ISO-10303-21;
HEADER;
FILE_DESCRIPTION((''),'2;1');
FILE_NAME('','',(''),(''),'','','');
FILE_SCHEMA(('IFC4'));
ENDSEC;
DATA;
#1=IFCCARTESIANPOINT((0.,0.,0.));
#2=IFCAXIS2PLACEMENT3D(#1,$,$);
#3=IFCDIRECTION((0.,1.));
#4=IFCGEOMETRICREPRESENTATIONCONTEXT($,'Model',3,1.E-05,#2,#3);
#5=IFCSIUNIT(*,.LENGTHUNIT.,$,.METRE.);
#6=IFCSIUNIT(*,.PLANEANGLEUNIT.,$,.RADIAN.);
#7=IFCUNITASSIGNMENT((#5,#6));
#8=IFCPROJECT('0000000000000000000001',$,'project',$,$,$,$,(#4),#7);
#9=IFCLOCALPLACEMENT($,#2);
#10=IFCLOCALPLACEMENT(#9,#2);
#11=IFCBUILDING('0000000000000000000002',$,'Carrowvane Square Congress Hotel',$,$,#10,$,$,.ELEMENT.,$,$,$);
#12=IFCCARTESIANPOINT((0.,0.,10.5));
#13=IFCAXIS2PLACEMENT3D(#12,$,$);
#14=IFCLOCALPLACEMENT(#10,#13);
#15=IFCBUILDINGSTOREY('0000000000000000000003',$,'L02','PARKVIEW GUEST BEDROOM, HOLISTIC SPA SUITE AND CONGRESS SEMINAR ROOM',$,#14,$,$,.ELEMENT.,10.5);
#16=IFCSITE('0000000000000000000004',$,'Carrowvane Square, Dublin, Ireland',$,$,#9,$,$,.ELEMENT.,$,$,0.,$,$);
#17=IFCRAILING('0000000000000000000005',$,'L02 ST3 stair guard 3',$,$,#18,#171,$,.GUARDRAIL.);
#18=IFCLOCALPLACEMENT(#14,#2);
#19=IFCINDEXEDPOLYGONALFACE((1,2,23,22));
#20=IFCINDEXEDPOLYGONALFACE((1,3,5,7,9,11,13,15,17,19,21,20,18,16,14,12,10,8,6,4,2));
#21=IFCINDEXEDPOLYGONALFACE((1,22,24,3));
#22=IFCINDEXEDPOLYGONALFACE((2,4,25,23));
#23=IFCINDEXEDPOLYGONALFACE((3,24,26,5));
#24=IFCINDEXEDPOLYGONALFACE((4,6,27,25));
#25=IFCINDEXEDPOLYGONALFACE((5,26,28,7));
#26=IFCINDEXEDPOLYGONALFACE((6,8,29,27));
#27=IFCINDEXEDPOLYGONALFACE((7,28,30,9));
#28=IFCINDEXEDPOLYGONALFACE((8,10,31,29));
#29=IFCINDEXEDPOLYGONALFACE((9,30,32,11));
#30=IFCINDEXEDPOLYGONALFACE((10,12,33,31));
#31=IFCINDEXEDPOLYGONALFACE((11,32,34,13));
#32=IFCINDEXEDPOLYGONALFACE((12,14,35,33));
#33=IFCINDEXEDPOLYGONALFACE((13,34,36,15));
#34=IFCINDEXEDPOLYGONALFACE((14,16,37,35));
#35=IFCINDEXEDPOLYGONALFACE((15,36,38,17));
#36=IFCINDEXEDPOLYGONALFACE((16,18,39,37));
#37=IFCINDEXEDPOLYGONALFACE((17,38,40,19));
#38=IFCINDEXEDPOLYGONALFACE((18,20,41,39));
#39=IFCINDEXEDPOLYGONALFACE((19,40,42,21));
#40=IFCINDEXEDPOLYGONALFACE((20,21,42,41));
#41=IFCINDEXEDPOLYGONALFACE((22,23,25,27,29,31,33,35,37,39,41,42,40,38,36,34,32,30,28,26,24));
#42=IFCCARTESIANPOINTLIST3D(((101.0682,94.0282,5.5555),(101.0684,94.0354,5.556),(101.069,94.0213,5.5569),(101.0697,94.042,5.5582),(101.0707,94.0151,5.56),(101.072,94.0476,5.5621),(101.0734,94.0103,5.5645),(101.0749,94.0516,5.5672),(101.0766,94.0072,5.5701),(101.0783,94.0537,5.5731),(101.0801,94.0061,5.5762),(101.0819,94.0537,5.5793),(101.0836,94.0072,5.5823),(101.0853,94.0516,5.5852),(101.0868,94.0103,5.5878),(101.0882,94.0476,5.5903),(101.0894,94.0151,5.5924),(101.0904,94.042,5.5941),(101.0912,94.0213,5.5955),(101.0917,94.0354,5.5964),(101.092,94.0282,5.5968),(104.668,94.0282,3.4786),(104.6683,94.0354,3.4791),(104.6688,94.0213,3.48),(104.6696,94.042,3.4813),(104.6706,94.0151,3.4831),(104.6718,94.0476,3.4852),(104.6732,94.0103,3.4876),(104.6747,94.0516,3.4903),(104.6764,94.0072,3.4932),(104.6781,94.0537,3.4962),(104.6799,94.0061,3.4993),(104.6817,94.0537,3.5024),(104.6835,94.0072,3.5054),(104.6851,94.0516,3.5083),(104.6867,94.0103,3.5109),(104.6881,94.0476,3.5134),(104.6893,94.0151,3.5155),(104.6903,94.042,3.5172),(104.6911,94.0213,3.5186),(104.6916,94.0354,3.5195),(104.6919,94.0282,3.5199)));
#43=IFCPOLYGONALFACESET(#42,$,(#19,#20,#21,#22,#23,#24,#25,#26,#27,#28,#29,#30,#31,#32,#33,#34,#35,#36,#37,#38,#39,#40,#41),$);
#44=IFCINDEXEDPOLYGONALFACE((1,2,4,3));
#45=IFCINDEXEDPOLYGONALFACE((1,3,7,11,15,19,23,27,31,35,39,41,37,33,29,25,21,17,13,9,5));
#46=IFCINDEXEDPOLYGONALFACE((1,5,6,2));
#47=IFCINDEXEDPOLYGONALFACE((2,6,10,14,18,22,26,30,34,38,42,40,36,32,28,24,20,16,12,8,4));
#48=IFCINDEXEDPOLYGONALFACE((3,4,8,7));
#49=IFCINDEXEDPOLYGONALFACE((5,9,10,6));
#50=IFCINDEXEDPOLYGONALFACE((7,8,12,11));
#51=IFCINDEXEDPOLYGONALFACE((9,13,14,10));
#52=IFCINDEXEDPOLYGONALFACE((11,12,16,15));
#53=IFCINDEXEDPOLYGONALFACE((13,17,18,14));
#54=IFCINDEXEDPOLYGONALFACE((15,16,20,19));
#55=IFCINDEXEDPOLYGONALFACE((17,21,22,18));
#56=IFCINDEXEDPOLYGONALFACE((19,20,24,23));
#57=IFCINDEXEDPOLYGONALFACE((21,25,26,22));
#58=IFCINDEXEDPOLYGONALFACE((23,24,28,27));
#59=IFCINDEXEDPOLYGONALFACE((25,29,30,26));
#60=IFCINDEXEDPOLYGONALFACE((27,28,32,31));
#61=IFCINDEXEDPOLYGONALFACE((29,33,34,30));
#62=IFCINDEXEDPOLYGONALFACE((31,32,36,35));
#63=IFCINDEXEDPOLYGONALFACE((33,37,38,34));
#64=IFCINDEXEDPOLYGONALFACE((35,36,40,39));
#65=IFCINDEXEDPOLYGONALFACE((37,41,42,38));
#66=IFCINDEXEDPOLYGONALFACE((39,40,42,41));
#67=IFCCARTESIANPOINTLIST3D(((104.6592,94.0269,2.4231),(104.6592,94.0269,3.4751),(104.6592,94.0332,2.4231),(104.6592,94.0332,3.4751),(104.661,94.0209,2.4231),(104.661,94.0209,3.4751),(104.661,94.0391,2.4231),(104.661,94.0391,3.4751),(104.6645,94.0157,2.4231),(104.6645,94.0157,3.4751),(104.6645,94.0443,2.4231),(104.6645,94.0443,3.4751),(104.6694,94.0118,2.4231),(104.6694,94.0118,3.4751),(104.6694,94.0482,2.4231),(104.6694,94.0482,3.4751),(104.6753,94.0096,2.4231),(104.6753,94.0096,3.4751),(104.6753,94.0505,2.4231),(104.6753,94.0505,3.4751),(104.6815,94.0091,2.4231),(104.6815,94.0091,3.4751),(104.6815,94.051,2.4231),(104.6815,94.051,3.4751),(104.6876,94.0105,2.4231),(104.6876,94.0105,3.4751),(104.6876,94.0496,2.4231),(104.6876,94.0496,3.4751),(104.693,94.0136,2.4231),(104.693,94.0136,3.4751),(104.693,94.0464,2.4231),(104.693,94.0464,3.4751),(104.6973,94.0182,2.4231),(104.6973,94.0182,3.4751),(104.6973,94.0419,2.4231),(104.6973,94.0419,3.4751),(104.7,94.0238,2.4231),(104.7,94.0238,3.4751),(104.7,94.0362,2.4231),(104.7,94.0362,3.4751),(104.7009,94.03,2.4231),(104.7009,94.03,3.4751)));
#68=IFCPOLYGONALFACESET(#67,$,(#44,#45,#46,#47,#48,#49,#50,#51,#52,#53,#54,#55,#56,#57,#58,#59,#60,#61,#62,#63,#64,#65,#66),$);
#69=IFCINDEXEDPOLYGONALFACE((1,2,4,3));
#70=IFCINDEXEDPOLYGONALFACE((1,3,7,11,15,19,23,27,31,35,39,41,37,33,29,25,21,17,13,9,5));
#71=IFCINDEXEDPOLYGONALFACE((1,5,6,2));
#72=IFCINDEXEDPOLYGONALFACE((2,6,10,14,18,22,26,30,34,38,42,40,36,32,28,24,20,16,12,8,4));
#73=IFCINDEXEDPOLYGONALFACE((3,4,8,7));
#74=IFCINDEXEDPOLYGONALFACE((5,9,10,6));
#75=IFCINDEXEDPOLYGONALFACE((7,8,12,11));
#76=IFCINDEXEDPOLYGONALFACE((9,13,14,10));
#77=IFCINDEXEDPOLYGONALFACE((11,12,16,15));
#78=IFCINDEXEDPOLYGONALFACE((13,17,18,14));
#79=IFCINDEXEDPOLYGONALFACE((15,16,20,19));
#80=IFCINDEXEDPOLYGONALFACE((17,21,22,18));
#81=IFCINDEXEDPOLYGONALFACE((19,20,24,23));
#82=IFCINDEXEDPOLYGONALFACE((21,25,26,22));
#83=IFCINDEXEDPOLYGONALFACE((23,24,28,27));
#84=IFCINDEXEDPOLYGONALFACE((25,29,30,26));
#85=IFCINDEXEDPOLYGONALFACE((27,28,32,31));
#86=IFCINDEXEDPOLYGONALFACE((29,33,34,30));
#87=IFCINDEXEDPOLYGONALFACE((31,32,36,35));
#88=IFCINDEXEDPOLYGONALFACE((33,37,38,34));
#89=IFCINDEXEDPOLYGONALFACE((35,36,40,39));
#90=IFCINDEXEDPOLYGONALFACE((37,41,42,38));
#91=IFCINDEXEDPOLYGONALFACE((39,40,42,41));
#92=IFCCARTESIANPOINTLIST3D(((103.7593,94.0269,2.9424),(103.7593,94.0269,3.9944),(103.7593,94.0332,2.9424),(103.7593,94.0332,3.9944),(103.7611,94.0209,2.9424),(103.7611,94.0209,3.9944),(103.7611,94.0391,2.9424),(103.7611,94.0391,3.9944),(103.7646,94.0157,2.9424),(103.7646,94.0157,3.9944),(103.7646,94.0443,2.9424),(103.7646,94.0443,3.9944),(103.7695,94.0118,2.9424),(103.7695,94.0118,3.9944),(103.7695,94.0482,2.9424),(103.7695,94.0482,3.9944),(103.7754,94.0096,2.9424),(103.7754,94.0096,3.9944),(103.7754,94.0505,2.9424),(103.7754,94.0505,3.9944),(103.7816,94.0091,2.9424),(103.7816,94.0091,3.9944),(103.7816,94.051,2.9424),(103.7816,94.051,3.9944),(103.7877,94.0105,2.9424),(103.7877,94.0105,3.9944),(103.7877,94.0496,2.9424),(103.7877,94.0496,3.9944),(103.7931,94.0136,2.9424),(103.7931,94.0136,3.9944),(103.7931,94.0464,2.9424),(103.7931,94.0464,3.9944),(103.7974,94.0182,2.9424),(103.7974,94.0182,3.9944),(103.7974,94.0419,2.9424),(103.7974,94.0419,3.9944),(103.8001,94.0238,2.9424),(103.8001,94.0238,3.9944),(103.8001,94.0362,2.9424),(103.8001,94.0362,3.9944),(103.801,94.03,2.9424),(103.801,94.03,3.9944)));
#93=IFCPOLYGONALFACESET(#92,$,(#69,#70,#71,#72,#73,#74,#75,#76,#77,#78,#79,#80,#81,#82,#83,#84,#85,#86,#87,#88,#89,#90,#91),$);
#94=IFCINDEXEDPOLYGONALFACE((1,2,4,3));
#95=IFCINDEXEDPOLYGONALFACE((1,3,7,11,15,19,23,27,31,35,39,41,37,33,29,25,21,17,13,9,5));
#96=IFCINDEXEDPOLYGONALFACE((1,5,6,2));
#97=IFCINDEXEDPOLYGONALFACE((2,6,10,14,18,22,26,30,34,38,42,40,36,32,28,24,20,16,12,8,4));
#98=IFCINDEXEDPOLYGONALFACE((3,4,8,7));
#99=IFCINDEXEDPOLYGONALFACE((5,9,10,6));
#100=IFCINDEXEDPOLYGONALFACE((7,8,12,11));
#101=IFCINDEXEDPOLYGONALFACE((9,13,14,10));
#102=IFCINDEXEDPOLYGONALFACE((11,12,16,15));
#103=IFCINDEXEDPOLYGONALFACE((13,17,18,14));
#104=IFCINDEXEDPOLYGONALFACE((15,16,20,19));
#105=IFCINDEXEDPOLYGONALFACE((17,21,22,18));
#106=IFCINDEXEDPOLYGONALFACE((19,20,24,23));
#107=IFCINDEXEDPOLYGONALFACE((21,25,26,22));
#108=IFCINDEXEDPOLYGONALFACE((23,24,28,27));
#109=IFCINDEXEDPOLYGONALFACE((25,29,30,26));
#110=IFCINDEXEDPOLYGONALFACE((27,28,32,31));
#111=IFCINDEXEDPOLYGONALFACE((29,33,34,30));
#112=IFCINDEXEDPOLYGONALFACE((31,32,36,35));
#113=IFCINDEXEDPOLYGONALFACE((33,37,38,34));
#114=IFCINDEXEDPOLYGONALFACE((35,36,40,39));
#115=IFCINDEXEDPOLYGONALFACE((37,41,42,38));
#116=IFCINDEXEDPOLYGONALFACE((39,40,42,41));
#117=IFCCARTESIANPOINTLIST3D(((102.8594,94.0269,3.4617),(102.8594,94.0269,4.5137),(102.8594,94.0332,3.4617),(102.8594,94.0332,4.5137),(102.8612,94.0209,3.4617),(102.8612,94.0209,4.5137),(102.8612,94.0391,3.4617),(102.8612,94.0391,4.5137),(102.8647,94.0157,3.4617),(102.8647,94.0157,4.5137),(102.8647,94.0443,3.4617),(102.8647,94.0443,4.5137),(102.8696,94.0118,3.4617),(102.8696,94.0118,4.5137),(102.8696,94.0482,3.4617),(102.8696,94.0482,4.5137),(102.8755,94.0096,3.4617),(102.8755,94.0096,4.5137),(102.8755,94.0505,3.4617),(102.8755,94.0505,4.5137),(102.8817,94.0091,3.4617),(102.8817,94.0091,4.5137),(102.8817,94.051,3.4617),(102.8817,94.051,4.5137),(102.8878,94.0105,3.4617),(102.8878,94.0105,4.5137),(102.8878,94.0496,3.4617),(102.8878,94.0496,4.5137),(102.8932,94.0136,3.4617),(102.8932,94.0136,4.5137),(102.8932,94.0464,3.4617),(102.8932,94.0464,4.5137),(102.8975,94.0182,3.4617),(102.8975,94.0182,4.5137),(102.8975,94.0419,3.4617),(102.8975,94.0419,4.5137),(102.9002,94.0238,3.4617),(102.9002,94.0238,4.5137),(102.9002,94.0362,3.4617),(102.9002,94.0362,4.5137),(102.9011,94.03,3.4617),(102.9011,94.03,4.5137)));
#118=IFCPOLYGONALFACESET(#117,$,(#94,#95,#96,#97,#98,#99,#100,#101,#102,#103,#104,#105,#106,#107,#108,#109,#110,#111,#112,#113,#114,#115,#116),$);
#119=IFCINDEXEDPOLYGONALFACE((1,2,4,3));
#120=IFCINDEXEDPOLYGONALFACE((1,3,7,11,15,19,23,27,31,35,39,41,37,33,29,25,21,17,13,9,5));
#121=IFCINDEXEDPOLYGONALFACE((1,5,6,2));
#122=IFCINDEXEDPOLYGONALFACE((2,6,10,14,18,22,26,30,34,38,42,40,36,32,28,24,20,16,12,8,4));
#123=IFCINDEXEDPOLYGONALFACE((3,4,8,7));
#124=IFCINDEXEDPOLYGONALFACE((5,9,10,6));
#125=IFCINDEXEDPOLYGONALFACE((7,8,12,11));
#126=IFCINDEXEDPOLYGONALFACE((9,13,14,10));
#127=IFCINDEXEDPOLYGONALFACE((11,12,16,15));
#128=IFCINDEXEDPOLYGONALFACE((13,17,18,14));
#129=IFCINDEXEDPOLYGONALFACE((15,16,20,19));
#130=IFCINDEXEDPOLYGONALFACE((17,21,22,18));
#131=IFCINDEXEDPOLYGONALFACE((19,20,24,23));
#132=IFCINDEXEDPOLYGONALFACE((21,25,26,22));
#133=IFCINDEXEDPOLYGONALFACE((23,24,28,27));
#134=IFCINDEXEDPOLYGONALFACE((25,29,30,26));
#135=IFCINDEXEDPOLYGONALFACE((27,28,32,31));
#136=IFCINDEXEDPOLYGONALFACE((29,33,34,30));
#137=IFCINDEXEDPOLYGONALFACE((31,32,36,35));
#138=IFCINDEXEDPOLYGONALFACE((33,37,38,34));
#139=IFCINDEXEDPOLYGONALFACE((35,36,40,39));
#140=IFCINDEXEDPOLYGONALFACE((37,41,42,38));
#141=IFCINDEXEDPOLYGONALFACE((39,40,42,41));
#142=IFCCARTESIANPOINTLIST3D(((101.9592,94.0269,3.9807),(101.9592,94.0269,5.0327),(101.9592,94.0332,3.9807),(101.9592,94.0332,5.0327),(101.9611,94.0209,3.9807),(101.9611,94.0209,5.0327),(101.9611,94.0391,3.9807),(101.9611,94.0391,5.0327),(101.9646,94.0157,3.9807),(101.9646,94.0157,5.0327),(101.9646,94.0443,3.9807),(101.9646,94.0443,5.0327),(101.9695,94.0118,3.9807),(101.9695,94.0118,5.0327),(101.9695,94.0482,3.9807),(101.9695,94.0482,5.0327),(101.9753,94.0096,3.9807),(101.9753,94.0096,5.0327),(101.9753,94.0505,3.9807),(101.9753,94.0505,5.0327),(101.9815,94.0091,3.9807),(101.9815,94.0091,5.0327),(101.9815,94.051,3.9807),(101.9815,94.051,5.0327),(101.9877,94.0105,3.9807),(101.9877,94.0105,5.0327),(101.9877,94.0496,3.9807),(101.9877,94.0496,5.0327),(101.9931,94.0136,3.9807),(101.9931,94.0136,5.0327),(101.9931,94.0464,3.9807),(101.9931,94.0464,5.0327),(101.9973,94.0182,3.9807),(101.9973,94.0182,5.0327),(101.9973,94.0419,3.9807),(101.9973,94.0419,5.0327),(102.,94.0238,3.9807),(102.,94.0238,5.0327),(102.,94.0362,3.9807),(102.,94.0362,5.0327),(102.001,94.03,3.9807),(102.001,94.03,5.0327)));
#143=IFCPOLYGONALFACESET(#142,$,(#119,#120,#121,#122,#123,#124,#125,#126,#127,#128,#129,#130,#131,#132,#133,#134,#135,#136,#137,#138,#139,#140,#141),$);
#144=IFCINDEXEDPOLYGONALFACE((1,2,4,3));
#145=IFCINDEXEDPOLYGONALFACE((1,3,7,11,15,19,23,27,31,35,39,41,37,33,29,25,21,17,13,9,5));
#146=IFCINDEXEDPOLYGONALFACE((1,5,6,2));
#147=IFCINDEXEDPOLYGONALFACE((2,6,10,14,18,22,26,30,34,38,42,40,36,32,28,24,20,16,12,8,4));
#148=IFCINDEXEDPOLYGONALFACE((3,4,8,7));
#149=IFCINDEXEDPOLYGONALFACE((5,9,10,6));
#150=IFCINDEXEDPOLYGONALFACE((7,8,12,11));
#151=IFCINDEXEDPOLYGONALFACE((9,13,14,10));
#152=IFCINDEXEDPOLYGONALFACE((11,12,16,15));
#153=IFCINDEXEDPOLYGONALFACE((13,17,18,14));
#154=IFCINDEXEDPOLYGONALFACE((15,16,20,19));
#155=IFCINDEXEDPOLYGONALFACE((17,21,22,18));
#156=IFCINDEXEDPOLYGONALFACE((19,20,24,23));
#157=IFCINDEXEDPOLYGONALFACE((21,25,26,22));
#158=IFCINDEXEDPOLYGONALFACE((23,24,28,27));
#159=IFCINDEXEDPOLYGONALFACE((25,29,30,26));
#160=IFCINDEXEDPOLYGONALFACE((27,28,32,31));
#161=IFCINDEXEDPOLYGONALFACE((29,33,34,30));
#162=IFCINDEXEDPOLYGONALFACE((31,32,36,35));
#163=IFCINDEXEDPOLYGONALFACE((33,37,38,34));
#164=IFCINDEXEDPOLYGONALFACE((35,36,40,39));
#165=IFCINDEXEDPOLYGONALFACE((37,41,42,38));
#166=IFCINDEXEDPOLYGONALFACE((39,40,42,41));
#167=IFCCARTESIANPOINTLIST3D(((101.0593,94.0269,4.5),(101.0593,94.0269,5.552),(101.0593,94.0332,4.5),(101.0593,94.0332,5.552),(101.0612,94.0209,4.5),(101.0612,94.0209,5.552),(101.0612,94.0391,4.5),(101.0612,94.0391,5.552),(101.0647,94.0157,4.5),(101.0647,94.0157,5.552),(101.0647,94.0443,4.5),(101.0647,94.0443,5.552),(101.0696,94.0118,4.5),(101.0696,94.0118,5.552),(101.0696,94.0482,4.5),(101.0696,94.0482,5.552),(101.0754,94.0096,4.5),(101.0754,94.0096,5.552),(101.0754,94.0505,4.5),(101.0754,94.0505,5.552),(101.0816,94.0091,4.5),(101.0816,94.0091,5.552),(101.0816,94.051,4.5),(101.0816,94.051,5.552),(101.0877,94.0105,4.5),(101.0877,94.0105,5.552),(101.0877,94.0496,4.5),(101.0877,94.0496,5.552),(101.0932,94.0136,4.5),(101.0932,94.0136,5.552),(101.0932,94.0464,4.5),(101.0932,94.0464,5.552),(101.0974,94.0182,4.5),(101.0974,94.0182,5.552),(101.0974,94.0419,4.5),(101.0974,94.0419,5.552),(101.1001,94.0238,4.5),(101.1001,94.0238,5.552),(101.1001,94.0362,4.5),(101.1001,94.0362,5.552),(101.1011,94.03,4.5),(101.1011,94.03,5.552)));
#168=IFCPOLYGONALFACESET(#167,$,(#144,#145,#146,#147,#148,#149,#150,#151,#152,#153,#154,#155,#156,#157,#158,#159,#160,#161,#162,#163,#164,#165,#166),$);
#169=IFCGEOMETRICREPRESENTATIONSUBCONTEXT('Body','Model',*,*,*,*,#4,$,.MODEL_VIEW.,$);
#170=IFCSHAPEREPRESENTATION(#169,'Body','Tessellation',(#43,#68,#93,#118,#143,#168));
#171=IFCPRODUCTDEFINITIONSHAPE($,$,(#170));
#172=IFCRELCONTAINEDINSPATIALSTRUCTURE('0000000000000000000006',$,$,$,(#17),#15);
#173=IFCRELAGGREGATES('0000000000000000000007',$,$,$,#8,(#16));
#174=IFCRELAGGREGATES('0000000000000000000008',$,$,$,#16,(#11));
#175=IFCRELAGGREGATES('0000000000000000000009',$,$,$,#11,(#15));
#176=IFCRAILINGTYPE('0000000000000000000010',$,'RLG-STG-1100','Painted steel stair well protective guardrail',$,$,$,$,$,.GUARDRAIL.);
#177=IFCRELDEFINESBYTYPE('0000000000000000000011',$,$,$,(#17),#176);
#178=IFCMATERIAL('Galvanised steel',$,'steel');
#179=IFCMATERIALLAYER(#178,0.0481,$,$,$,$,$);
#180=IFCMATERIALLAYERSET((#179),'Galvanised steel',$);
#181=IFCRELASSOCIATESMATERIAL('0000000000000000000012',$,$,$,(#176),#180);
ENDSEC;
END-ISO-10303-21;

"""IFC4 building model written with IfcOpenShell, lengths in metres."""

from ifc_helpers import new_model, si_unit, direction, frame, origin, origin_2d, place, context, subcontext, project, spatial, circle, extrude, material, layer, layer_set, type_object, element, save


model = new_model("IFC4")

# Units and contexts
model_context = context("Model", 3, precision=1e-05, world=origin(), true_north=direction((0.0, 1.0)))
body_context = subcontext(model_context, "Body", "Model", "MODEL_VIEW")
ifc_project = project(units=[si_unit("LENGTHUNIT", "METRE"), si_unit("PLANEANGLEUNIT", "RADIAN")], contexts=[model_context])

# Site, building, storey
site_placement = place(None, origin())
site = spatial("IfcSite", under=ifc_project, at=site_placement, Name="Carrowvane Square, Dublin, Ireland", CompositionType="ELEMENT", RefElevation=0.0)
building_placement = place(site_placement, origin())
building = spatial("IfcBuilding", under=site, at=building_placement, Name="Carrowvane Square Congress Hotel", CompositionType="ELEMENT")
storey_placement = place(building_placement, frame((0.0, 0.0, 10.5)))
storey = spatial("IfcBuildingStorey", under=building, at=storey_placement, Name="L02", Description="PARKVIEW GUEST BEDROOM, HOLISTIC SPA SUITE AND CONGRESS SEMINAR ROOM", CompositionType="ELEMENT", Elevation=10.5)

# Railing
ifc_material_1 = material(Name="Galvanised steel", Category="steel")
ifc_layer_1 = layer(ifc_material_1, 0.0481)
ifc_layer_set_1 = layer_set([ifc_layer_1], Name="Galvanised steel")
railing_type_1 = type_object("IfcRailingType", Name="RLG-STG-1100", Description="Painted steel stair well protective guardrail", PredefinedType="GUARDRAIL", material=ifc_layer_set_1)
railing_1_placement = place(storey_placement, frame((104.6799, 94.03, 2.4231)))
element("IfcRailing", 1, at=railing_1_placement, inside=storey, type_object=railing_type_1, Name="L02 ST3 stair guard 3", PredefinedType="GUARDRAIL", context=body_context, shape_type="SweptSolid", body=[
    extrude(circle(Radius=0.0239, at=origin_2d()), frame((0.0, 0.0, 1.0762), z_axis=(-0.866179, 0.0, 0.499734), x_axis=(0.0, -1.0, 0.0)), (0.0, 0.0, 1.0), 4.156),
    extrude(circle(Radius=0.021, at=origin_2d()), origin(), (0.0, 0.0, 1.0), 1.052),
    extrude(circle(Radius=0.021, at=origin_2d()), frame((-0.8999, 0.0, 0.5193)), (0.0, 0.0, 1.0), 1.052),
    extrude(circle(Radius=0.021, at=origin_2d()), frame((-1.7998, 0.0, 1.0386)), (0.0, 0.0, 1.0), 1.052),
    extrude(circle(Radius=0.021, at=origin_2d()), frame((-2.7, 0.0, 1.5576)), (0.0, 0.0, 1.0), 1.052),
    extrude(circle(Radius=0.021, at=origin_2d()), frame((-3.5999, 0.0, 2.0769)), (0.0, 0.0, 1.0), 1.052),
])

save(model, "model.ifc")
